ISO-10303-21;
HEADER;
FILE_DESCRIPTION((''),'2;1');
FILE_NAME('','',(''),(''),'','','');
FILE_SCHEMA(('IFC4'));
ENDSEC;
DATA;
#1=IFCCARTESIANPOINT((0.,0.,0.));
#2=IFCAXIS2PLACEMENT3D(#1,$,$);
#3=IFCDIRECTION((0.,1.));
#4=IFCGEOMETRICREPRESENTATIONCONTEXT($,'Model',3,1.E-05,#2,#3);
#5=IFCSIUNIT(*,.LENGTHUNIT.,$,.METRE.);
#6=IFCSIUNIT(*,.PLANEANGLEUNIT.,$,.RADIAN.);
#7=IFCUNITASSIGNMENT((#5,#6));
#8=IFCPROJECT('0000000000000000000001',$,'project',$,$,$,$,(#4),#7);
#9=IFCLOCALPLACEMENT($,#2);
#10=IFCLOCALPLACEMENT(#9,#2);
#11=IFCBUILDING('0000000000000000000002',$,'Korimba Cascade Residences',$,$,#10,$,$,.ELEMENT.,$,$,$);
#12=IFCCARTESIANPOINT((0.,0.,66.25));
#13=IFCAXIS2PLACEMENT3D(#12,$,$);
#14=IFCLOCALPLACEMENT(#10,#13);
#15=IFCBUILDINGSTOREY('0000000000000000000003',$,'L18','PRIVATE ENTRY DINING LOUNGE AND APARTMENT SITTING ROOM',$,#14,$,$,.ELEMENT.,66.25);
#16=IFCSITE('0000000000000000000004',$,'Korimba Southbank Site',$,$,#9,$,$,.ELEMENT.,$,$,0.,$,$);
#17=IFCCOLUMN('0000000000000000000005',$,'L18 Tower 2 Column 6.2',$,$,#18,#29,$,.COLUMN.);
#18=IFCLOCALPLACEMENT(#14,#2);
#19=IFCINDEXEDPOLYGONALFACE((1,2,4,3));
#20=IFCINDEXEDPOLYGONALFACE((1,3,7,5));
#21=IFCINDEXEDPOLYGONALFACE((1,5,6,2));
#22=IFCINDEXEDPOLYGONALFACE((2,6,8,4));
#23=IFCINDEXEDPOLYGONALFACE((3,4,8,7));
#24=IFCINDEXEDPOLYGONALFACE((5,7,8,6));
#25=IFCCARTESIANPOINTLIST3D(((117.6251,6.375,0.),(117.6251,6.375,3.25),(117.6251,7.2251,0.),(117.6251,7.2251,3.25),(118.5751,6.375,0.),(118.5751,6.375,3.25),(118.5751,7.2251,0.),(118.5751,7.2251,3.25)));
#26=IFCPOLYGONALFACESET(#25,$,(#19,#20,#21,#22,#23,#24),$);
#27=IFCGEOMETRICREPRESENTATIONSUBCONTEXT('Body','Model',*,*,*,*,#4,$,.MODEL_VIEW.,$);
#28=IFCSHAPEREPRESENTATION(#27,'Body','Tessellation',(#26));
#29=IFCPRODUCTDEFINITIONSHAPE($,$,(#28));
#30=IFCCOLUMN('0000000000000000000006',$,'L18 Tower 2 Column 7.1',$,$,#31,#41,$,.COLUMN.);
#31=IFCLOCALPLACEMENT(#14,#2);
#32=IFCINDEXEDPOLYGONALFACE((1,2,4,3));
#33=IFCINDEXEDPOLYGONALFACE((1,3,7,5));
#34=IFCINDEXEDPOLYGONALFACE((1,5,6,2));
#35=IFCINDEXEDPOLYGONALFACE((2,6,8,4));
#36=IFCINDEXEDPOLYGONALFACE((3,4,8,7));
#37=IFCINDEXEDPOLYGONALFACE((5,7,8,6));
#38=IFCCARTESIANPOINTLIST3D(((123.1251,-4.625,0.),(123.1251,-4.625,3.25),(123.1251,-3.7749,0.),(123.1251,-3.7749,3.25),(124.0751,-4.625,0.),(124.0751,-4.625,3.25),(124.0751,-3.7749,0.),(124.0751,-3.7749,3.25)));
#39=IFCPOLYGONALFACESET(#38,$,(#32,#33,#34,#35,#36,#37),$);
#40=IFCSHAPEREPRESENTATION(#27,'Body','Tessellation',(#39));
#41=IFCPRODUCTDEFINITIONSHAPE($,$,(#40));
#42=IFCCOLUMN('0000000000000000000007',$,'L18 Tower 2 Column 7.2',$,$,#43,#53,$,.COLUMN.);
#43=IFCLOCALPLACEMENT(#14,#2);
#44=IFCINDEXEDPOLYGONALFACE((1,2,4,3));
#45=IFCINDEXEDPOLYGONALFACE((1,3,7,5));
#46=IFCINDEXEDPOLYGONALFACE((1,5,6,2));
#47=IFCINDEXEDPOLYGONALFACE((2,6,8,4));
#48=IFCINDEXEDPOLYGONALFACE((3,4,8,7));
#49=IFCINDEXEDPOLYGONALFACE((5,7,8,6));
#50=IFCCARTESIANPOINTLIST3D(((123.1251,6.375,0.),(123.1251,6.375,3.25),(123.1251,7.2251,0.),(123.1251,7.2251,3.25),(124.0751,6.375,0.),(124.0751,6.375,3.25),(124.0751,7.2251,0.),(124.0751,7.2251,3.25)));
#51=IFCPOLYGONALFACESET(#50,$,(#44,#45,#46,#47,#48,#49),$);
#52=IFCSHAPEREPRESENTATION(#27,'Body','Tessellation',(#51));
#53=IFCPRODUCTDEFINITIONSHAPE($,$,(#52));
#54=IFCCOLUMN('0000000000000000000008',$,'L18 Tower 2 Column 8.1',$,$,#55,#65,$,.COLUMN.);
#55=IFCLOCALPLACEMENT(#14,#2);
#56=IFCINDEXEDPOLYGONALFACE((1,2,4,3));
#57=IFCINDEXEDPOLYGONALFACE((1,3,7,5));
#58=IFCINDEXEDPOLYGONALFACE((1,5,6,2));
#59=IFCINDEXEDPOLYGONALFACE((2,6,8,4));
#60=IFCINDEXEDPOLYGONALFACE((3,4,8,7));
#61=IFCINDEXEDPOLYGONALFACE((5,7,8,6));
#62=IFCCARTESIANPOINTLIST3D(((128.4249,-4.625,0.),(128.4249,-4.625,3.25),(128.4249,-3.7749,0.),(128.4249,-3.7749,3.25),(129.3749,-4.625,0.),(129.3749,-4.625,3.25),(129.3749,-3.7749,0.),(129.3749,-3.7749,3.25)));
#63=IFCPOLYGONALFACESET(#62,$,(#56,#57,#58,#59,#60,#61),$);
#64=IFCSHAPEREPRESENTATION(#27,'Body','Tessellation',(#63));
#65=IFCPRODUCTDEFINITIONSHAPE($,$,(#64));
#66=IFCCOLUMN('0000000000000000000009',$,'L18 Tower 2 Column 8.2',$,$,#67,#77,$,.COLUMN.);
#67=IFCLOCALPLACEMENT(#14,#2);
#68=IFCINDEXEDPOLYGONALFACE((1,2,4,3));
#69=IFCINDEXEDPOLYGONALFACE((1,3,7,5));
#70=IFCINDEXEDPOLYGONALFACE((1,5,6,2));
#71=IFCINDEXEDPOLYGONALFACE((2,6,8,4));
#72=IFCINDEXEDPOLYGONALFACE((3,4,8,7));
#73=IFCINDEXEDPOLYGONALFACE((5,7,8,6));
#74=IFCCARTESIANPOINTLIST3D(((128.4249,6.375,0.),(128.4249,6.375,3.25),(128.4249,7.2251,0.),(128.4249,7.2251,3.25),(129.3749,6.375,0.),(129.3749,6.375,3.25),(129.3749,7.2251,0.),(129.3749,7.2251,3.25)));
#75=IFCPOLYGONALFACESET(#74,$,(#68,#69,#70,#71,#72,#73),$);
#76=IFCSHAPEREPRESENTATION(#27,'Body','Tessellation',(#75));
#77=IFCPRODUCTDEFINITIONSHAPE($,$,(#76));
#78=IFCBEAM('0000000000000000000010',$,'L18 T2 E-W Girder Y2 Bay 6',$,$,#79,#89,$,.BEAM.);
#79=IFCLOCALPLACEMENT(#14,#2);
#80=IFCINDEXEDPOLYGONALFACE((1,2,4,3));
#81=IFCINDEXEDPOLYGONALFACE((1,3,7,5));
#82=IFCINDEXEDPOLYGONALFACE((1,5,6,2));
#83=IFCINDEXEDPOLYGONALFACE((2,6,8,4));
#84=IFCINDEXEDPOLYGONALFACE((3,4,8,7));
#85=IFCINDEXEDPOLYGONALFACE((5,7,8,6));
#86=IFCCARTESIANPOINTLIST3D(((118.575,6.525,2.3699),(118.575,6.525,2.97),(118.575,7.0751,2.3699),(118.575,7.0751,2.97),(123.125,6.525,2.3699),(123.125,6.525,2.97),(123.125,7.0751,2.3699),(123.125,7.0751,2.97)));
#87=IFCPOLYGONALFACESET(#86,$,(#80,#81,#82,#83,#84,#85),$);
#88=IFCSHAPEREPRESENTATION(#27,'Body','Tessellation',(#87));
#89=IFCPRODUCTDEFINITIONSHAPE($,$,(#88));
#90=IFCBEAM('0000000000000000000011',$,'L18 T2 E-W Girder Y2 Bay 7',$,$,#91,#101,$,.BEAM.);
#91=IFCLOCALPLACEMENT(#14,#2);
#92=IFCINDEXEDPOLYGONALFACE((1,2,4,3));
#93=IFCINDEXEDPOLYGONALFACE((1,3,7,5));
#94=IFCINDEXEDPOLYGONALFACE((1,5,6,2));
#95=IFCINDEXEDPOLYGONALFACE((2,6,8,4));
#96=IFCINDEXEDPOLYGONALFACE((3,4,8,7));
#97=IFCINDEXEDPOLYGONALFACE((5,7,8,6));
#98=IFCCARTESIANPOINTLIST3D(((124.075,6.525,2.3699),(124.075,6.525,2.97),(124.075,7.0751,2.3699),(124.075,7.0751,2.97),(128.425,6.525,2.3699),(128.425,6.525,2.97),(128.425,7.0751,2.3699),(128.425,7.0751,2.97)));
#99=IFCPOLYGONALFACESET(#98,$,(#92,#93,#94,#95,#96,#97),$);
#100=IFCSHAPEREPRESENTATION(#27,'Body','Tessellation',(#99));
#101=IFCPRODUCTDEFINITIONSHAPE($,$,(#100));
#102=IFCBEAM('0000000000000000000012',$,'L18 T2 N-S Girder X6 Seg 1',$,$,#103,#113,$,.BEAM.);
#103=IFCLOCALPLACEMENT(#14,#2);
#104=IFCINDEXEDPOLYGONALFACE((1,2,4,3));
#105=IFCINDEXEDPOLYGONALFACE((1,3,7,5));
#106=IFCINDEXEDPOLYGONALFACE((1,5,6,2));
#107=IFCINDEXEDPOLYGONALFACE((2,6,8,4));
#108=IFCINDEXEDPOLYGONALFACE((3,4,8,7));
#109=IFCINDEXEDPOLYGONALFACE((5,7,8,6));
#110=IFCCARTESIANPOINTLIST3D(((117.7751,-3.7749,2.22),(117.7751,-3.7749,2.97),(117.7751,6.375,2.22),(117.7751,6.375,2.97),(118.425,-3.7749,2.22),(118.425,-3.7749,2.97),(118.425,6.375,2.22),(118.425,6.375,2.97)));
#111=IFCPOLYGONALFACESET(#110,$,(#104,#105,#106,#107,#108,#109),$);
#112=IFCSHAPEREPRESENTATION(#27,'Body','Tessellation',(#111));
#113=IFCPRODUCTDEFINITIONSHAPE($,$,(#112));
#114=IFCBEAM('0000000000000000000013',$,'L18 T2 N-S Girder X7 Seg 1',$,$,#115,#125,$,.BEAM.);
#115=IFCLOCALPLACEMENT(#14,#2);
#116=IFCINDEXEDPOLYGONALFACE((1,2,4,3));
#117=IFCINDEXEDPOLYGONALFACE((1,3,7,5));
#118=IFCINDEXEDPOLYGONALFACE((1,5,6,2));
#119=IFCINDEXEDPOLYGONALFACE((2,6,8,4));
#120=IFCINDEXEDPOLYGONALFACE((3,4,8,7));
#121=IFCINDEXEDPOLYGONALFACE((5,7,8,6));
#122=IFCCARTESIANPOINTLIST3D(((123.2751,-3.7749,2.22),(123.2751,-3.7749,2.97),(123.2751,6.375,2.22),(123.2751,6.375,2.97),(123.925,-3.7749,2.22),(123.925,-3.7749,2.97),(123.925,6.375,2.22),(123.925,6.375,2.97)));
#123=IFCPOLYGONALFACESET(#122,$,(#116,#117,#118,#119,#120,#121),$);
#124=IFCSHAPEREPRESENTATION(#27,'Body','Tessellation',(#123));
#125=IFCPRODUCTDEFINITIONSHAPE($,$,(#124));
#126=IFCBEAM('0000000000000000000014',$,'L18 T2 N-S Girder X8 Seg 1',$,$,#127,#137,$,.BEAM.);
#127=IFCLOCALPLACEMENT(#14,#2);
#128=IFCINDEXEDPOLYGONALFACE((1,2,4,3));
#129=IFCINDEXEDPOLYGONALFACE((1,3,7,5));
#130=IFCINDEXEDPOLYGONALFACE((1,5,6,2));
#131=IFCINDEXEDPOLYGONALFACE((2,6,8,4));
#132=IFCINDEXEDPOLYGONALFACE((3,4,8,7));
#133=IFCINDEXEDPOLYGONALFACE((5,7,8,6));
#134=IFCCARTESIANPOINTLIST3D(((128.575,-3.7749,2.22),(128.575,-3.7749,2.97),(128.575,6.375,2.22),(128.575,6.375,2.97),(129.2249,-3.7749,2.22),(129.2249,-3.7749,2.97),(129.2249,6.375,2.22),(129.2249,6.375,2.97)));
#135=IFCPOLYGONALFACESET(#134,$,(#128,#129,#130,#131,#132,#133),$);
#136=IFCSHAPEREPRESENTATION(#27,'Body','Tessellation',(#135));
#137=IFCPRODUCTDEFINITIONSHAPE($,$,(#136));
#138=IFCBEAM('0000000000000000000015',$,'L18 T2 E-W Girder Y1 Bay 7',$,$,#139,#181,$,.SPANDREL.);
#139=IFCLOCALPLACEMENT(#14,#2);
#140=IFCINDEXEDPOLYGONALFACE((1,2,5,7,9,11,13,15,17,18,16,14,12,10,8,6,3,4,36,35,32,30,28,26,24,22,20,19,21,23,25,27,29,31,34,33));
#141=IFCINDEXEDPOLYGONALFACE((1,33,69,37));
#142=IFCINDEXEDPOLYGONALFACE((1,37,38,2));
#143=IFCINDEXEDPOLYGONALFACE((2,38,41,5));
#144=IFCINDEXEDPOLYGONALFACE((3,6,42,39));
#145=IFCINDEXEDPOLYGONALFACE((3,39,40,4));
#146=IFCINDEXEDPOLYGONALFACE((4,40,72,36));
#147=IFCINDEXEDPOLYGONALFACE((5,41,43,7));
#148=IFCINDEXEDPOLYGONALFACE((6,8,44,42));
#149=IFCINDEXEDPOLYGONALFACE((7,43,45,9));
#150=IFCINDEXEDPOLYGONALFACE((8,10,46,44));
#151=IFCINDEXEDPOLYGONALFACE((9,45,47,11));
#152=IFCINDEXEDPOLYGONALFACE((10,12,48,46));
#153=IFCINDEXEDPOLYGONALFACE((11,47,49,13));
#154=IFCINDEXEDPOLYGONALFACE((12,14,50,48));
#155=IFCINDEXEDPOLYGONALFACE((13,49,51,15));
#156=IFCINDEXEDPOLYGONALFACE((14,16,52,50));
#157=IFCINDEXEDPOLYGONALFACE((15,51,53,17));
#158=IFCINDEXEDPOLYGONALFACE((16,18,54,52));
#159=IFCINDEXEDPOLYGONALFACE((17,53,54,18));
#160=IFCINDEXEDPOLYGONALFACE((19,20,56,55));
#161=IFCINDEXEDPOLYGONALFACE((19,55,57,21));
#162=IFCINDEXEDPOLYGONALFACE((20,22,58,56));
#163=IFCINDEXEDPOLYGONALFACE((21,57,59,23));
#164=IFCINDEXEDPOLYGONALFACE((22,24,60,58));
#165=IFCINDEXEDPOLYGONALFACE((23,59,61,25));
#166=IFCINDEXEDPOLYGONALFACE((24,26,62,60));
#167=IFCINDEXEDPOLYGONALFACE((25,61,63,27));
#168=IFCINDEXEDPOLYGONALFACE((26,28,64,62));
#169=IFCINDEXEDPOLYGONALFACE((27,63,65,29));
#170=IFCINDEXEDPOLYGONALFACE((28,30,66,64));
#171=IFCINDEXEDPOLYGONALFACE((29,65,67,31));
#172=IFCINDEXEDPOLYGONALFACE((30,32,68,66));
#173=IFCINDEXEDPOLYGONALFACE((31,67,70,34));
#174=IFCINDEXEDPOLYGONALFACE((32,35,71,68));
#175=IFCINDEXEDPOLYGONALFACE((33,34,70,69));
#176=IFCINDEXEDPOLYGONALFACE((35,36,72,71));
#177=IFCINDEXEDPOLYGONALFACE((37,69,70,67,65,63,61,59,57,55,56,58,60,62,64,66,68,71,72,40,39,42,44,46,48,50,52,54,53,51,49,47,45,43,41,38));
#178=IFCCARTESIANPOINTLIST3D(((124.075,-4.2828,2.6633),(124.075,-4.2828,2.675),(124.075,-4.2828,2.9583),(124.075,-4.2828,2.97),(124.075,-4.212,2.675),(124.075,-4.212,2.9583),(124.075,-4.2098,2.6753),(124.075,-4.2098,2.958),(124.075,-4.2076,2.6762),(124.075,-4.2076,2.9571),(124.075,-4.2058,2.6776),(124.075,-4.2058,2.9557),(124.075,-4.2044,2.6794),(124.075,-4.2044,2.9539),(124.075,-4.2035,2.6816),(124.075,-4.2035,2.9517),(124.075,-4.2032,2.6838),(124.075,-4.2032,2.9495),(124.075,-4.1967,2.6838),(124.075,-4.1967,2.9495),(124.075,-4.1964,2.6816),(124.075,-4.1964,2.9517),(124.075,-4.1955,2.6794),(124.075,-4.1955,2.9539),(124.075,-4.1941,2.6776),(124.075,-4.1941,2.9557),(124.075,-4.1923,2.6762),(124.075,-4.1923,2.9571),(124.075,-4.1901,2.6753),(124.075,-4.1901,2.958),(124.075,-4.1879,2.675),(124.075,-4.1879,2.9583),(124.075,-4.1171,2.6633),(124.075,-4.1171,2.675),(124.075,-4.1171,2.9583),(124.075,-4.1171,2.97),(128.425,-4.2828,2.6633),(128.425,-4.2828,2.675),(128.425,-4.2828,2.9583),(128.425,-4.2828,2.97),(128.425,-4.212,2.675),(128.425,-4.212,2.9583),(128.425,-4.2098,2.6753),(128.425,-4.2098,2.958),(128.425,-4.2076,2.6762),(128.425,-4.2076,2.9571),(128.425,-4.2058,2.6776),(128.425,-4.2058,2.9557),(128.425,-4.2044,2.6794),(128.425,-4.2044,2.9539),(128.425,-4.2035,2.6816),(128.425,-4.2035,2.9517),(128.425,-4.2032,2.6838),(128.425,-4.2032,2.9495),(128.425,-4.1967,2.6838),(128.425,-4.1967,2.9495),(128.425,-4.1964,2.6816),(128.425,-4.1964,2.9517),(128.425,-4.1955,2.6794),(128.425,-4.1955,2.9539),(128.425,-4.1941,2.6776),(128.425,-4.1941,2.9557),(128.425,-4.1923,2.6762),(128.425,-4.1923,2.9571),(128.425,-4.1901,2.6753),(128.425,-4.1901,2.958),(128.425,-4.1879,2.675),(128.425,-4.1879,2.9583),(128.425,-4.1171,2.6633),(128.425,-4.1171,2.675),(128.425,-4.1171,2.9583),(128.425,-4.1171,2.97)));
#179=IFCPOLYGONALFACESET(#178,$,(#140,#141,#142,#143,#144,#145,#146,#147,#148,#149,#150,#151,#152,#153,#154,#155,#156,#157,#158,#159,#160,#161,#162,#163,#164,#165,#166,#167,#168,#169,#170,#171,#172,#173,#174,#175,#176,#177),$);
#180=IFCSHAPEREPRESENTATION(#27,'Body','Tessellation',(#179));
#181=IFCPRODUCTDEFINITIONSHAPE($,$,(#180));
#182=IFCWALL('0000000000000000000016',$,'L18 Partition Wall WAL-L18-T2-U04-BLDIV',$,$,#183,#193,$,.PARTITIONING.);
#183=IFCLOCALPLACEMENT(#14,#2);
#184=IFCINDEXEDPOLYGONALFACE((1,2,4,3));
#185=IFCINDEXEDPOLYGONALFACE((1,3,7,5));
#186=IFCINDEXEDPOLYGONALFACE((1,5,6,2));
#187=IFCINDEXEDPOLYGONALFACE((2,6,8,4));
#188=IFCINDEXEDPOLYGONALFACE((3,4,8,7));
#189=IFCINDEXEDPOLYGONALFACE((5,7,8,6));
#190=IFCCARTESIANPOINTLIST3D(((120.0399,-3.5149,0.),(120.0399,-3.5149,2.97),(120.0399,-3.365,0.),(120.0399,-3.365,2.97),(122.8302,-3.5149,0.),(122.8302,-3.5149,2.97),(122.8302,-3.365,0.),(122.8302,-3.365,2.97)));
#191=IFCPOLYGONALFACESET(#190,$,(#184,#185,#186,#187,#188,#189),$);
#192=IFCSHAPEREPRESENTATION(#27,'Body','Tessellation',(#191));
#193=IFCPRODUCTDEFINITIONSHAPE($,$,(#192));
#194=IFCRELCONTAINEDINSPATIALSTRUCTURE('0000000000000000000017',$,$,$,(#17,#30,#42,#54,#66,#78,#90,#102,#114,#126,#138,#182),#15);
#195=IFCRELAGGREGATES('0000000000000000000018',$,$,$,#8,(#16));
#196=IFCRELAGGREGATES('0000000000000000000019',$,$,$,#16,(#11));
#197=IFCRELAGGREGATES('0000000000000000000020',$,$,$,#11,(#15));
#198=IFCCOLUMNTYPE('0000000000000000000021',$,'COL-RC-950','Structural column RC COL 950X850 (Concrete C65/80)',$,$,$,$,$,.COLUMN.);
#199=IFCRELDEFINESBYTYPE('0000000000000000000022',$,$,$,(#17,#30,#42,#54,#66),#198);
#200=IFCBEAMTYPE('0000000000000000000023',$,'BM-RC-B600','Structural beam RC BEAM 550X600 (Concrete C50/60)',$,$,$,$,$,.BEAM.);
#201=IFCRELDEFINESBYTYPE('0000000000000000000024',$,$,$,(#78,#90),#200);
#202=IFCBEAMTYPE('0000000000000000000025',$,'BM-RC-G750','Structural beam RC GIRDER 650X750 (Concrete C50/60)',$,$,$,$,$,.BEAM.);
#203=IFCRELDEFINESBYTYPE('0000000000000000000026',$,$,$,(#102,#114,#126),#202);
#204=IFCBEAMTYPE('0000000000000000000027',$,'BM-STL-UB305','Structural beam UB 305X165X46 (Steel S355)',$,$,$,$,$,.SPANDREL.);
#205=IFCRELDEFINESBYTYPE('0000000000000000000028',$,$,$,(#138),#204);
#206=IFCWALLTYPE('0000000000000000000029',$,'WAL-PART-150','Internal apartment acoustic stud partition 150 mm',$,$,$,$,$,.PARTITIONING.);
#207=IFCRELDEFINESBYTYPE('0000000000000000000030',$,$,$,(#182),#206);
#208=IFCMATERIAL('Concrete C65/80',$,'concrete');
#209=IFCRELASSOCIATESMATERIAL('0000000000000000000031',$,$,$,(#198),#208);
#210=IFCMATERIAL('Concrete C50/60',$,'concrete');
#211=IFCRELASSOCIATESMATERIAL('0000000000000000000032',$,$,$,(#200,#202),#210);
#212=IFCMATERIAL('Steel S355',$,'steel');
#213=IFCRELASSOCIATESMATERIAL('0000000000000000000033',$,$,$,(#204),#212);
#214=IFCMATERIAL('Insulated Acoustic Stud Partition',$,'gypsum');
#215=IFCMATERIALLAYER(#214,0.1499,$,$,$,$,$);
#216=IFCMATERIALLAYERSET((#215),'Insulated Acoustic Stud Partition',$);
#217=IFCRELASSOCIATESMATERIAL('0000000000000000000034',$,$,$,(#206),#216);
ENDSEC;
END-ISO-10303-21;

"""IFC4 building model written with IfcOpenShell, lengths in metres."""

from ifc_helpers import new_model, si_unit, direction, frame, frame_2d, origin, origin_2d, place, context, subcontext, project, spatial, rectangle, i_section, extrude, material, layer, layer_set, material_profile, profile_set, type_object, element, save


model = new_model("IFC4")

# Units and contexts
model_context = context("Model", 3, precision=1e-05, world=origin(), true_north=direction((0.0, 1.0)))
body_context = subcontext(model_context, "Body", "Model", "MODEL_VIEW")
ifc_project = project(units=[si_unit("LENGTHUNIT", "METRE"), si_unit("PLANEANGLEUNIT", "RADIAN")], contexts=[model_context])

# Site, building, storey
site_placement = place(None, origin())
site = spatial("IfcSite", under=ifc_project, at=site_placement, Name="Korimba Southbank Site", CompositionType="ELEMENT", RefElevation=0.0)
building_placement = place(site_placement, origin())
building = spatial("IfcBuilding", under=site, at=building_placement, Name="Korimba Cascade Residences", CompositionType="ELEMENT")
storey_placement = place(building_placement, frame((0.0, 0.0, 66.25)))
storey = spatial("IfcBuildingStorey", under=building, at=storey_placement, Name="L18", Description="PRIVATE ENTRY DINING LOUNGE AND APARTMENT SITTING ROOM", CompositionType="ELEMENT", Elevation=66.25)

# Columns
ifc_material_1 = material(Name="Concrete C65/80", Category="concrete")
ifc_material_profile_1 = material_profile(ifc_material_1, rectangle(XDim=0.95, YDim=0.8501, at=origin_2d()), Name="Concrete C65/80")
ifc_profile_set_1 = profile_set([ifc_material_profile_1], Name="Concrete C65/80")
column_type = type_object("IfcColumnType", Name="COL-RC-950", Description="Structural column RC COL 950X850 (Concrete C65/80)", PredefinedType="COLUMN", material=ifc_profile_set_1)
for number, where, z_axis, x_axis, name in (
    (1, (118.1001, 6.8, 0.0), (0.0, 0.0, 1.0), (1.0, 0.0, 0.0), "L18 Tower 2 Column 6.2"),
    (2, (123.6001, -4.2, 0.0), (0.0, 0.0, 1.0), (1.0, 0.0, 0.0), "L18 Tower 2 Column 7.1"),
    (3, (123.6001, 6.8, 0.0), (0.0, 0.0, 1.0), (1.0, 0.0, 0.0), "L18 Tower 2 Column 7.2"),
    (4, (128.8999, -4.2, 0.0), (0.0, 0.0, 1.0), (1.0, 0.0, 0.0), "L18 Tower 2 Column 8.1"),
    (5, (128.8999, 6.8, 0.0), (0.0, 0.0, 1.0), (1.0, 0.0, 0.0), "L18 Tower 2 Column 8.2"),
):
    element("IfcColumn", number, at=place(storey_placement, frame(where, z_axis=z_axis, x_axis=x_axis)), inside=storey, type_object=column_type, Name=name, PredefinedType="COLUMN", context=body_context, shape_type="SweptSolid", body=[
        extrude(rectangle(XDim=0.95, YDim=0.8501, at=origin_2d()), origin(), (0.0, 0.0, 1.0), 3.25),
    ])

# Beams
ifc_material_2 = material(Name="Concrete C50/60", Category="concrete")
ifc_material_profile_2 = material_profile(ifc_material_2, rectangle(XDim=0.55, YDim=0.6001, at=origin_2d()), Name="Concrete C50/60")
ifc_profile_set_2 = profile_set([ifc_material_profile_2], Name="Concrete C50/60")
beam_type_1 = type_object("IfcBeamType", Name="BM-RC-B600", Description="Structural beam RC BEAM 550X600 (Concrete C50/60)", PredefinedType="BEAM", material=ifc_profile_set_2)
beam_1_placement = place(storey_placement, frame((118.575, 6.8, 2.6699), z_axis=(1.0, 0.0, 0.0), x_axis=(0.0, 1.0, 0.0)))
element("IfcBeam", 6, at=beam_1_placement, inside=storey, type_object=beam_type_1, Name="L18 T2 E-W Girder Y2 Bay 6", PredefinedType="BEAM", context=body_context, shape_type="SweptSolid", body=[
    extrude(rectangle(XDim=0.55, YDim=0.6001, at=origin_2d()), origin(), (0.0, 0.0, 1.0), 4.55),
])
beam_2_placement = place(storey_placement, frame((124.075, 6.8, 2.6699), z_axis=(1.0, 0.0, 0.0), x_axis=(0.0, 1.0, 0.0)))
element("IfcBeam", 7, at=beam_2_placement, inside=storey, type_object=beam_type_1, Name="L18 T2 E-W Girder Y2 Bay 7", PredefinedType="BEAM", context=body_context, shape_type="SweptSolid", body=[
    extrude(rectangle(XDim=0.55, YDim=0.6001, at=origin_2d()), origin(), (0.0, 0.0, 1.0), 4.3501),
])
ifc_material_profile_3 = material_profile(ifc_material_2, rectangle(XDim=0.6499, YDim=0.75, at=origin_2d()), Name="Concrete C50/60")
ifc_profile_set_3 = profile_set([ifc_material_profile_3], Name="Concrete C50/60")
beam_type_2 = type_object("IfcBeamType", Name="BM-RC-G750", Description="Structural beam RC GIRDER 650X750 (Concrete C50/60)", PredefinedType="BEAM", material=ifc_profile_set_3)
for number, where, z_axis, x_axis, name in (
    (8, (118.1001, -3.7749, 2.595), (0.0, 1.0, 0.0), (-1.0, 0.0, 0.0), "L18 T2 N-S Girder X6 Seg 1"),
    (9, (123.6001, -3.7749, 2.595), (0.0, 1.0, 0.0), (-1.0, 0.0, 0.0), "L18 T2 N-S Girder X7 Seg 1"),
    (10, (128.8999, -3.7749, 2.595), (0.0, 1.0, 0.0), (-1.0, 0.0, 0.0), "L18 T2 N-S Girder X8 Seg 1"),
):
    element("IfcBeam", number, at=place(storey_placement, frame(where, z_axis=z_axis, x_axis=x_axis)), inside=storey, type_object=beam_type_2, Name=name, PredefinedType="BEAM", context=body_context, shape_type="SweptSolid", body=[
        extrude(rectangle(XDim=0.6499, YDim=0.75, at=origin_2d()), origin(), (0.0, 0.0, 1.0), 10.1499),
    ])
ifc_material_3 = material(Name="Steel S355", Category="steel")
ifc_material_profile_4 = material_profile(ifc_material_3, i_section(OverallWidth=0.1658, OverallDepth=0.3066, WebThickness=0.0066, FlangeThickness=0.0117, FilletRadius=0.0088, at=origin_2d()), Name="Steel S355")
ifc_profile_set_4 = profile_set([ifc_material_profile_4], Name="Steel S355")
beam_type_3 = type_object("IfcBeamType", Name="BM-STL-UB305", Description="Structural beam UB 305X165X46 (Steel S355)", PredefinedType="SPANDREL", material=ifc_profile_set_4)
beam_3_placement = place(storey_placement, frame((124.075, -4.2, 2.8167), z_axis=(1.0, 0.0, 0.0), x_axis=(0.0, 1.0, 0.0)))
element("IfcBeam", 11, at=beam_3_placement, inside=storey, type_object=beam_type_3, Name="L18 T2 E-W Girder Y1 Bay 7", PredefinedType="SPANDREL", context=body_context, shape_type="SweptSolid", body=[
    extrude(i_section(OverallWidth=0.1658, OverallDepth=0.3066, WebThickness=0.0066, FlangeThickness=0.0117, FilletRadius=0.0088, at=origin_2d()), origin(), (0.0, 0.0, 1.0), 4.3501),
])

# Wall
ifc_material_4 = material(Name="Insulated Acoustic Stud Partition", Category="gypsum")
ifc_layer = layer(ifc_material_4, 0.1499)
ifc_layer_set = layer_set([ifc_layer], Name="Insulated Acoustic Stud Partition")
wall_type = type_object("IfcWallType", Name="WAL-PART-150", Description="Internal apartment acoustic stud partition 150 mm", PredefinedType="PARTITIONING", material=ifc_layer_set)
wall_1_placement = place(storey_placement, frame((120.04, -3.4399, 0.0), z_axis=(0.0, 0.0, 1.0), x_axis=(1.0, 0.0, 0.0)))
element("IfcWall", 12, at=wall_1_placement, inside=storey, type_object=wall_type, Name="L18 Partition Wall WAL-L18-T2-U04-BLDIV", PredefinedType="PARTITIONING", context=body_context, shape_type="SweptSolid", body=[
    extrude(rectangle(XDim=2.7903, YDim=0.1499, at=frame_2d((1.395, 0.0))), origin(), (0.0, 0.0, 1.0), 2.97),
])

save(model, "model.ifc")
